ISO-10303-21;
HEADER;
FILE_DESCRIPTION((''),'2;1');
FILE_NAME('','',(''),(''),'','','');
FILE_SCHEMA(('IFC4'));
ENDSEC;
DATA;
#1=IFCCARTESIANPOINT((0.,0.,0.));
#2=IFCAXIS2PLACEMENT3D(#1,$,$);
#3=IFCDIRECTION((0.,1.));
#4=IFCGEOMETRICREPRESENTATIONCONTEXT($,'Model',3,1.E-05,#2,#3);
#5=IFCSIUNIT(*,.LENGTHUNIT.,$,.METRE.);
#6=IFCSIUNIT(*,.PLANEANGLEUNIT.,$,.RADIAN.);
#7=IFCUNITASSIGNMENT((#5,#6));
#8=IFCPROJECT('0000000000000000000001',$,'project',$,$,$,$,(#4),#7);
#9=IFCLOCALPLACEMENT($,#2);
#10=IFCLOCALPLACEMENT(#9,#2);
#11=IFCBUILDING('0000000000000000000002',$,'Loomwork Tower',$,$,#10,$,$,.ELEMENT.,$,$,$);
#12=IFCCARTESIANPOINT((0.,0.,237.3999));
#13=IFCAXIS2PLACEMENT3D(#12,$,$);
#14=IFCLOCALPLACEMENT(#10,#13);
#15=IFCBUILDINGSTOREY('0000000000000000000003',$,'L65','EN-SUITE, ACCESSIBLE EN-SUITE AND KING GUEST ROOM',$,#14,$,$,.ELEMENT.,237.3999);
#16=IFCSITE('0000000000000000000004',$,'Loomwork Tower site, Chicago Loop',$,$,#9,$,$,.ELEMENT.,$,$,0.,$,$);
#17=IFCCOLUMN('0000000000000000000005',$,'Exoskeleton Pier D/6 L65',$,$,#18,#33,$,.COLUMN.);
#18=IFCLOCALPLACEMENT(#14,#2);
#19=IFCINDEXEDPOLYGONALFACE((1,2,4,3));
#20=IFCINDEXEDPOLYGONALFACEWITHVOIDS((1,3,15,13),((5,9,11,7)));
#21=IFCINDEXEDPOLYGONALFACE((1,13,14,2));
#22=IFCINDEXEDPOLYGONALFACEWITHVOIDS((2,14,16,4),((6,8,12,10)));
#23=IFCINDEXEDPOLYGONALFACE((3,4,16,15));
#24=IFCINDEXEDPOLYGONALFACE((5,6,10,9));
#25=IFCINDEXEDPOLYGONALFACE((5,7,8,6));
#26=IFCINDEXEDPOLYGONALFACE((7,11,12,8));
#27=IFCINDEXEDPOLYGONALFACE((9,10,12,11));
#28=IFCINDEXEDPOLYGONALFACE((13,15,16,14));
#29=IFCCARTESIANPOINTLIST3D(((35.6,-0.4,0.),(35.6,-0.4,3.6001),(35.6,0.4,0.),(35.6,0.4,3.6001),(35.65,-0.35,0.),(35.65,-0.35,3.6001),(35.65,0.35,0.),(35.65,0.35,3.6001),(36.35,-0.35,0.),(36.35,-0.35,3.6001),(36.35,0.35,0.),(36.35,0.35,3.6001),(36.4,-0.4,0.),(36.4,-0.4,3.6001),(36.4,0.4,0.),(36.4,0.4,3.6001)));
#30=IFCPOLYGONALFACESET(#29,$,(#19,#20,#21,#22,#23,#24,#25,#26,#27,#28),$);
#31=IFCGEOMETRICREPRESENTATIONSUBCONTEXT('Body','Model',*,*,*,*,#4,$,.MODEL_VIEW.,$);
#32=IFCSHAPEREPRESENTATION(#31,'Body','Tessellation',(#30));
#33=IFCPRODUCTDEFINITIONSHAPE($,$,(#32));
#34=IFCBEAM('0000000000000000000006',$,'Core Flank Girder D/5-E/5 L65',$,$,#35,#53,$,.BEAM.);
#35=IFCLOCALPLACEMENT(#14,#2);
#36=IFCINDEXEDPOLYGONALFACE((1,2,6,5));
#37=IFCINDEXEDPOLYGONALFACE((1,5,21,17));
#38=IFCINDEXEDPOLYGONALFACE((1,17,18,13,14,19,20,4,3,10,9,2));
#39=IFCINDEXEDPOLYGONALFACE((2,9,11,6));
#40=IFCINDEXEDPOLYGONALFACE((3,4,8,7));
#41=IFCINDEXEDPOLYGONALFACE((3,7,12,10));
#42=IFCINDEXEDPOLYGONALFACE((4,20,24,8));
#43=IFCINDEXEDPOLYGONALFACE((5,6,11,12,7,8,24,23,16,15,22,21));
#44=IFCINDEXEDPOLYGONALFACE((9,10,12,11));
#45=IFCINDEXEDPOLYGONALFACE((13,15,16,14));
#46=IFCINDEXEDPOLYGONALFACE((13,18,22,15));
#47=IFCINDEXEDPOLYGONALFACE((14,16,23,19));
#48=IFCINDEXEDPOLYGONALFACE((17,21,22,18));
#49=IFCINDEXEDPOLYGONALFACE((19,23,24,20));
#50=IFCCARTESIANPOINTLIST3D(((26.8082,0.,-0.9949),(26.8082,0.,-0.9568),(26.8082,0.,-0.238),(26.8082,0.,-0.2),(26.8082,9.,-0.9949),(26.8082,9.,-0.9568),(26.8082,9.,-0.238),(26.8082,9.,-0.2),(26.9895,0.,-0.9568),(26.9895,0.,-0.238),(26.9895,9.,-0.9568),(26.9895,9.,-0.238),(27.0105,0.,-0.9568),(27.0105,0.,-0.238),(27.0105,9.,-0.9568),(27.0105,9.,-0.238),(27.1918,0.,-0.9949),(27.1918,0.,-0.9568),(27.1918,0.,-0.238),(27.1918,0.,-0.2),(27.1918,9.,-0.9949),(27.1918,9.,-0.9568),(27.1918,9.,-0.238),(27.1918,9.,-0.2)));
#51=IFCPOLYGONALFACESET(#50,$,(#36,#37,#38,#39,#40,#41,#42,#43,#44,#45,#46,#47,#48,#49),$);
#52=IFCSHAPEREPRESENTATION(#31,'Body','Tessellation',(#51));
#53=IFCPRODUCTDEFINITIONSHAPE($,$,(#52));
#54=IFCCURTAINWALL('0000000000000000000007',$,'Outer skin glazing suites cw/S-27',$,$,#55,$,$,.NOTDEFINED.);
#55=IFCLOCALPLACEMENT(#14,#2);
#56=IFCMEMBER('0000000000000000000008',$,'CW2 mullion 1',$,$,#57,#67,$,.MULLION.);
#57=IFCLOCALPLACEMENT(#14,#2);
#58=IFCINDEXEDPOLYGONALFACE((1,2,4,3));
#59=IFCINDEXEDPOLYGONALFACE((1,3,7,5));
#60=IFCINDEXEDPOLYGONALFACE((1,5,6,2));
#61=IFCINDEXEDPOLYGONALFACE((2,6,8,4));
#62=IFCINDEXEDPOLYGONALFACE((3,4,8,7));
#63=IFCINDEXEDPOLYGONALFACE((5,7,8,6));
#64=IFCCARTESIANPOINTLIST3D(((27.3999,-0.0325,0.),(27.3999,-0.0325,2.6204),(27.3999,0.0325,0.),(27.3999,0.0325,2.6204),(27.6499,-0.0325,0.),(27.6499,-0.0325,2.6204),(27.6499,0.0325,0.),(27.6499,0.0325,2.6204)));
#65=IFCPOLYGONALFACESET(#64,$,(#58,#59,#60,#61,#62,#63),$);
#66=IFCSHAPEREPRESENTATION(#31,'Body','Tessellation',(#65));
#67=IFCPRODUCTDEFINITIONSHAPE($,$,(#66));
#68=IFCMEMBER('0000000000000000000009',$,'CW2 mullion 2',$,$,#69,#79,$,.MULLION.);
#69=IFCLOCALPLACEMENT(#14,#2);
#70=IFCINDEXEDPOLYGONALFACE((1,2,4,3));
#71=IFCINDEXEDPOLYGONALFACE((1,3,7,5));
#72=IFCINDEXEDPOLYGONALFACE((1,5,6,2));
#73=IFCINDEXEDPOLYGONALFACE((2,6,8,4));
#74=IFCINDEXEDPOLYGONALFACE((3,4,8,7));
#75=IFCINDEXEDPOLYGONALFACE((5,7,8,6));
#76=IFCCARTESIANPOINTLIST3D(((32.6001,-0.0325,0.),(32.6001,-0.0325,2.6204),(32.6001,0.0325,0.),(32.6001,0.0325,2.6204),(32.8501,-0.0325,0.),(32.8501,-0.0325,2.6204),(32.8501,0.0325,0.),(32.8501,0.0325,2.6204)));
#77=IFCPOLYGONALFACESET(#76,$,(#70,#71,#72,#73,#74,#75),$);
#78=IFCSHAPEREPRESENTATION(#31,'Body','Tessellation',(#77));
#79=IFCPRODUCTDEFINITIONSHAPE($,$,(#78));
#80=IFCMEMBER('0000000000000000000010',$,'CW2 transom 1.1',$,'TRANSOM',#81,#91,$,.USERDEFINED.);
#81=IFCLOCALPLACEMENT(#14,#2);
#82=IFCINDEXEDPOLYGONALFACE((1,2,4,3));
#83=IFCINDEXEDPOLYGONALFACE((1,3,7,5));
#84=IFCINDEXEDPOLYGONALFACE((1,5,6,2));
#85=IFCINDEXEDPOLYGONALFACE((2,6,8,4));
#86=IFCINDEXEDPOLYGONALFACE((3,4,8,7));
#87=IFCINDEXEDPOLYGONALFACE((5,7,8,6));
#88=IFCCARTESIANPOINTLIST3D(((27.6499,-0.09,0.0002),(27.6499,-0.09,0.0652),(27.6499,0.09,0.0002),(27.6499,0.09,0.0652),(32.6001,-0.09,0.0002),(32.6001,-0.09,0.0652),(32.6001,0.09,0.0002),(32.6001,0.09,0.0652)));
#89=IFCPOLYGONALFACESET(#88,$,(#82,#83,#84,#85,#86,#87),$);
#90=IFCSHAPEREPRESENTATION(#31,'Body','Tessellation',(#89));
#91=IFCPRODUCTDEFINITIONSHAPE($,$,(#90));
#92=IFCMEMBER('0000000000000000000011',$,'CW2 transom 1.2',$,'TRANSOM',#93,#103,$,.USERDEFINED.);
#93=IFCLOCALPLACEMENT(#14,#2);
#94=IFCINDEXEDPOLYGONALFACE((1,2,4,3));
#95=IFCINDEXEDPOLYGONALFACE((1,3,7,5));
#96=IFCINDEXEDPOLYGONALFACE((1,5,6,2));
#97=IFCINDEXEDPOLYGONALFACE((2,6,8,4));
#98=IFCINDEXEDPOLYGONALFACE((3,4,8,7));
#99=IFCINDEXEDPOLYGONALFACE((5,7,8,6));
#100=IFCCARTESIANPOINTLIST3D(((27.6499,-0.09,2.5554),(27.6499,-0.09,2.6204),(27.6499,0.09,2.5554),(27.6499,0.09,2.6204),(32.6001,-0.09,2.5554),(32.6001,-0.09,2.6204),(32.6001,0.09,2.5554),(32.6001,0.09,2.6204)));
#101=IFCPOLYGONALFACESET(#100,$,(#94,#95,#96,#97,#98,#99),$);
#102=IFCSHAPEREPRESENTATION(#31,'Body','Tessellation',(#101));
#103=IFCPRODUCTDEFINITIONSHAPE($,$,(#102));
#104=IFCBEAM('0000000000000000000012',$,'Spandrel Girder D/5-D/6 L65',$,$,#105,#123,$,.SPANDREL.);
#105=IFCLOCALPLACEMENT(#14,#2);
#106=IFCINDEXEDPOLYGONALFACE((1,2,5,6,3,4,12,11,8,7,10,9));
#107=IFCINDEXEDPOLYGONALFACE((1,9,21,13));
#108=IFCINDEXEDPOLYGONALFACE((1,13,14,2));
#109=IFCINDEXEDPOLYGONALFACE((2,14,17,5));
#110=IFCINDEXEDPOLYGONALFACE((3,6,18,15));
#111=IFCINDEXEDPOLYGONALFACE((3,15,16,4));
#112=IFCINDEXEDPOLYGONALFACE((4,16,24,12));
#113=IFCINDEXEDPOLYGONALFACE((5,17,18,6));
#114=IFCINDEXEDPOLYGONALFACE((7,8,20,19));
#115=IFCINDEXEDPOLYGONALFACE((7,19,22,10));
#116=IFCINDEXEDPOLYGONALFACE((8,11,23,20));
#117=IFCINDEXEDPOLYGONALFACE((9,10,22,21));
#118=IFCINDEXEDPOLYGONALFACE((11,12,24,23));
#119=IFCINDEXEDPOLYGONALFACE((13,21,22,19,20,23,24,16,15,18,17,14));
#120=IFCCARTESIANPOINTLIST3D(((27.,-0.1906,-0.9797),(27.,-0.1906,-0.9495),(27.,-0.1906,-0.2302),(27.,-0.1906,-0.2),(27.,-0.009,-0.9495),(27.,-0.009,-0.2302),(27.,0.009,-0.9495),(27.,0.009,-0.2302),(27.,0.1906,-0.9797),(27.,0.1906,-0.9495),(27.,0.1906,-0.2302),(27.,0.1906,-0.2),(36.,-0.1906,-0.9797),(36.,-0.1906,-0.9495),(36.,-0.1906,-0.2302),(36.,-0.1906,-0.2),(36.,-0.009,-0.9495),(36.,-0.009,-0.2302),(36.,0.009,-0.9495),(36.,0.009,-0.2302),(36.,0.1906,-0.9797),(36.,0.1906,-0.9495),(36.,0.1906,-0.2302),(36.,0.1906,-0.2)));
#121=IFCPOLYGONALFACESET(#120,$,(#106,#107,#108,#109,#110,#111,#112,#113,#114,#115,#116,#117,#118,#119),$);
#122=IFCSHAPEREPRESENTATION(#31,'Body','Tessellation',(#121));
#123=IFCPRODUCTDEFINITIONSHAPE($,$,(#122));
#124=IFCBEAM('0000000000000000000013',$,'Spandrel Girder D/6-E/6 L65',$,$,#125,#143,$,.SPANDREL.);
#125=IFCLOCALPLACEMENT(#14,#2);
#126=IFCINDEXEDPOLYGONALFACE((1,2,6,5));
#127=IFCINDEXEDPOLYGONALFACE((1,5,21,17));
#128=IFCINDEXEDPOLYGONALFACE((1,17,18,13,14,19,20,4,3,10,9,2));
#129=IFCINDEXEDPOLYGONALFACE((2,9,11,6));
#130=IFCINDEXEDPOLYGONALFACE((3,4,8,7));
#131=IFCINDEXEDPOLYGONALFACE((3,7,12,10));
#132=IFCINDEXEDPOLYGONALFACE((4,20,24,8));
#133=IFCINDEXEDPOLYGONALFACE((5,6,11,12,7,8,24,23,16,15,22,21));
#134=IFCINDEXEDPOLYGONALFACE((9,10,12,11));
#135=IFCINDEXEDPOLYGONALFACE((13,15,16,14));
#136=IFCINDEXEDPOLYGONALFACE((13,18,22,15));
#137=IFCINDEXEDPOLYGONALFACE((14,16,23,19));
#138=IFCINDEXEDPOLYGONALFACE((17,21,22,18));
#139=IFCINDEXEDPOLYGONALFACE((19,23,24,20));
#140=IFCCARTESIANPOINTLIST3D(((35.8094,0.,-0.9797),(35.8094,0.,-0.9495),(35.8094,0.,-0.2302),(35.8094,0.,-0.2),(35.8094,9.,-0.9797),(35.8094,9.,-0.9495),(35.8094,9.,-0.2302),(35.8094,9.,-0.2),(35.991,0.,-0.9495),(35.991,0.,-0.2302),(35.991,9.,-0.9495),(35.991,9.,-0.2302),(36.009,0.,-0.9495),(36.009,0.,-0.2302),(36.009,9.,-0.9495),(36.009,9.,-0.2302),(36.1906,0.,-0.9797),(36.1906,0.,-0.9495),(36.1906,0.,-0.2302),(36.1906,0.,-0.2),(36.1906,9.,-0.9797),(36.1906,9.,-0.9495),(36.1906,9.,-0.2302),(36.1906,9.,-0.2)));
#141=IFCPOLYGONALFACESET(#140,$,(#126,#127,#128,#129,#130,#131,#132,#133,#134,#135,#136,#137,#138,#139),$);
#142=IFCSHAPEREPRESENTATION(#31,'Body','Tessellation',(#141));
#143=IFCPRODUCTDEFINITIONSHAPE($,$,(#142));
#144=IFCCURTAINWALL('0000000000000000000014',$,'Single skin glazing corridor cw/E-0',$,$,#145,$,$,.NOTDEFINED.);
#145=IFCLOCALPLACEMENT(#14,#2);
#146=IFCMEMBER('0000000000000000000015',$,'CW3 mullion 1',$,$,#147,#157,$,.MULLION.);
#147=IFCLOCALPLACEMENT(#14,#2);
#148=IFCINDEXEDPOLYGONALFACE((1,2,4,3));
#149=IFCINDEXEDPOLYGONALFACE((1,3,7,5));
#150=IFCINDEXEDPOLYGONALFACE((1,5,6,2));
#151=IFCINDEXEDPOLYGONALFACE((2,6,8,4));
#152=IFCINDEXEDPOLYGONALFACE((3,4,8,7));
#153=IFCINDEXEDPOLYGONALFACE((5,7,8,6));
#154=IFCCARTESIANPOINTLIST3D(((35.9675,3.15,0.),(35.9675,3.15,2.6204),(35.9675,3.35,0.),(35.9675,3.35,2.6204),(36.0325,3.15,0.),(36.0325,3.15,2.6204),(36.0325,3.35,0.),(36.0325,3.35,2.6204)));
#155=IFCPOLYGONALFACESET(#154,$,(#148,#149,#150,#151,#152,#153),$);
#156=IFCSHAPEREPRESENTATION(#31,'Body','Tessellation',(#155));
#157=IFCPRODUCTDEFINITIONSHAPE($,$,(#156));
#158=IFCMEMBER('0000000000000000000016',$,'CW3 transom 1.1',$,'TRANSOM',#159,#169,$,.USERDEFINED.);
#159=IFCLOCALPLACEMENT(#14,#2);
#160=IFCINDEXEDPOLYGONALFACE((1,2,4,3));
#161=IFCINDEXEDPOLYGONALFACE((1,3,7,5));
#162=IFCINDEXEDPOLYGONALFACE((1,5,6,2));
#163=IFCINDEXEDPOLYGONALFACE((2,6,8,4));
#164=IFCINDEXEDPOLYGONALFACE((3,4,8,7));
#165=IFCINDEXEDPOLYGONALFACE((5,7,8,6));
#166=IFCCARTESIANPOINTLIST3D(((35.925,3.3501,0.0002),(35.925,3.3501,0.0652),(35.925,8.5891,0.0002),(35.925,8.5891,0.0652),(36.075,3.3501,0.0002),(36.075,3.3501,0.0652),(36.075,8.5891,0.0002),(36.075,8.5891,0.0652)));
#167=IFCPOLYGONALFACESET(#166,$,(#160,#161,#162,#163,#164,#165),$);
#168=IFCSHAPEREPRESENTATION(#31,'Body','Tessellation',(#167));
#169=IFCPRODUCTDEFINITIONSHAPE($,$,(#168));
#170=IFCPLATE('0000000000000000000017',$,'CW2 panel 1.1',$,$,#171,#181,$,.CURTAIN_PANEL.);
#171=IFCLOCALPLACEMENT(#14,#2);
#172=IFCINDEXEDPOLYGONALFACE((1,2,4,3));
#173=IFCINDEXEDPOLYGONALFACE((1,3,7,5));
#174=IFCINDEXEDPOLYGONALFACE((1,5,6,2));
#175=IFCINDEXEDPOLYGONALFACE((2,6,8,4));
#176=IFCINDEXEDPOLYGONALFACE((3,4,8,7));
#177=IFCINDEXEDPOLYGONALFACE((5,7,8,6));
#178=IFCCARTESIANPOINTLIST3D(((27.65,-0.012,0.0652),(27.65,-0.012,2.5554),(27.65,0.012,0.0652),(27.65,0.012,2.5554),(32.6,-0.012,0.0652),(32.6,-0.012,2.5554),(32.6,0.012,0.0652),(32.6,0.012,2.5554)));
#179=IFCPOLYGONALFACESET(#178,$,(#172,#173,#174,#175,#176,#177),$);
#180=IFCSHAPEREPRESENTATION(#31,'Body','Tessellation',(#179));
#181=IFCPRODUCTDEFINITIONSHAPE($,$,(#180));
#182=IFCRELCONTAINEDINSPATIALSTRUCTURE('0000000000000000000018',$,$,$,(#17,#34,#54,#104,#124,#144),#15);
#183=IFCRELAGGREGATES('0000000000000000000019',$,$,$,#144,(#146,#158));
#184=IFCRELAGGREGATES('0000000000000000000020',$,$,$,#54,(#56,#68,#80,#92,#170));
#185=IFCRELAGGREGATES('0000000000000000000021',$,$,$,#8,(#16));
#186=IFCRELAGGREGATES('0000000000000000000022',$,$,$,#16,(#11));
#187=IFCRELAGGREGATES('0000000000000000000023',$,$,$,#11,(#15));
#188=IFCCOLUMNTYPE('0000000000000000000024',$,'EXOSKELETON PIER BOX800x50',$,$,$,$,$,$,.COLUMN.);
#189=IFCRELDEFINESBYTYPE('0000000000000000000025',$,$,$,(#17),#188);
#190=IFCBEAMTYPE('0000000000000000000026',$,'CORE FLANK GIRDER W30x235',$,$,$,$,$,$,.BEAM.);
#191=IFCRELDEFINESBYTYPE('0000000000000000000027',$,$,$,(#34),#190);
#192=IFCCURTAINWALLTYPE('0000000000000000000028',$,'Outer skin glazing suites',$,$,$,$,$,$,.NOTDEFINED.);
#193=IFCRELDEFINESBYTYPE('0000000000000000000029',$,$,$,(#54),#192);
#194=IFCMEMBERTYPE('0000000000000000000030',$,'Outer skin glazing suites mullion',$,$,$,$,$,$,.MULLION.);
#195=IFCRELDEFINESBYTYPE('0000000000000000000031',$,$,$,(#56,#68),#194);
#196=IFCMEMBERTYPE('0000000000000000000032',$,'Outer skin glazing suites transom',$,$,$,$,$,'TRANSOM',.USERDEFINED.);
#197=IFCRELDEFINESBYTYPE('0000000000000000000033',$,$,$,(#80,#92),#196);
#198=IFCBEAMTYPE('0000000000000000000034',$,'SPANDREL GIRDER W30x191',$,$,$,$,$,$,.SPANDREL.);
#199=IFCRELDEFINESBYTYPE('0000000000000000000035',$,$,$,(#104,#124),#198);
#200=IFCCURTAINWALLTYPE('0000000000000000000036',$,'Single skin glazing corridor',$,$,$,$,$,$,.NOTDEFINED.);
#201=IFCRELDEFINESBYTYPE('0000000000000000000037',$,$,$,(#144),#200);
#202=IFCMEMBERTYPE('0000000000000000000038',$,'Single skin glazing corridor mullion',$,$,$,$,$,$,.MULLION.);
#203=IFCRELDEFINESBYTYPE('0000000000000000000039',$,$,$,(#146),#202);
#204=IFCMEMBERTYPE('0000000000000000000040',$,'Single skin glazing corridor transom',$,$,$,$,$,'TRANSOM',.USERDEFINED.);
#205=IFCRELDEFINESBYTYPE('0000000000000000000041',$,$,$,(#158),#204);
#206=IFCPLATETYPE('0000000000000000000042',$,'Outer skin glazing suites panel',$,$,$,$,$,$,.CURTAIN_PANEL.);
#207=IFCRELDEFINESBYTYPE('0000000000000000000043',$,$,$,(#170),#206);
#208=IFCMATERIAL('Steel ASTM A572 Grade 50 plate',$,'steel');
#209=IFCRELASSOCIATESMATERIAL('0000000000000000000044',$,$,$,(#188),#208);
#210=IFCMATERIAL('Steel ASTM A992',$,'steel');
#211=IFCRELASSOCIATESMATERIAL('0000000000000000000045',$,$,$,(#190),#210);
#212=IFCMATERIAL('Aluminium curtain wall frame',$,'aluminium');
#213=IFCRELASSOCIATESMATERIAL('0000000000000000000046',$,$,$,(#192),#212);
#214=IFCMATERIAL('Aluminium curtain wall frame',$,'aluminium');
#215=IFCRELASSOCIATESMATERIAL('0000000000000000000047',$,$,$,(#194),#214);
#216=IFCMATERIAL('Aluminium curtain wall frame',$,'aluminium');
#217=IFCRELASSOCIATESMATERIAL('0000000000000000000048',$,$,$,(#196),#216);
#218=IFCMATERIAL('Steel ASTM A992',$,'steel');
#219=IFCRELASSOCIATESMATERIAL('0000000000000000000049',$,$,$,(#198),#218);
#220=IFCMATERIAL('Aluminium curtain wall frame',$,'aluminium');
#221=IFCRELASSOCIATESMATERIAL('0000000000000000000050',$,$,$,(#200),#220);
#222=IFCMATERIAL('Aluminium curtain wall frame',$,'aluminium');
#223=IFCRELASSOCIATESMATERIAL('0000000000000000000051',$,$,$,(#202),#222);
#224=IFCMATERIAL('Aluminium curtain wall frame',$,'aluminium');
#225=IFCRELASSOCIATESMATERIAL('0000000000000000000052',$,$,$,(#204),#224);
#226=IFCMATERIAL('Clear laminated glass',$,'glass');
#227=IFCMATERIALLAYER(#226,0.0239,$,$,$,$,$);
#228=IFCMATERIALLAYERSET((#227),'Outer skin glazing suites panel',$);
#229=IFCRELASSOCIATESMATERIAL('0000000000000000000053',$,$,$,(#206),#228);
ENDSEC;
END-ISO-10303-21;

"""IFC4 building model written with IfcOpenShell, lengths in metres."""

from ifc_helpers import new_model, si_unit, direction, frame, origin, origin_2d, place, context, subcontext, project, spatial, rectangle, hollow_rectangle, i_section, extrude, material, layer, layer_set, material_profile, profile_set, type_object, element, aggregate, save


model = new_model("IFC4")

# Units and contexts
model_context = context("Model", 3, precision=1e-05, world=origin(), true_north=direction((0.0, 1.0)))
body_context = subcontext(model_context, "Body", "Model", "MODEL_VIEW")
ifc_project = project(units=[si_unit("LENGTHUNIT", "METRE"), si_unit("PLANEANGLEUNIT", "RADIAN")], contexts=[model_context])

# Site, building, storey
site_placement = place(None, origin())
site = spatial("IfcSite", under=ifc_project, at=site_placement, Name="Loomwork Tower site, Chicago Loop", CompositionType="ELEMENT", RefElevation=0.0)
building_placement = place(site_placement, origin())
building = spatial("IfcBuilding", under=site, at=building_placement, Name="Loomwork Tower", CompositionType="ELEMENT")
storey_placement = place(building_placement, frame((0.0, 0.0, 237.3999)))
storey = spatial("IfcBuildingStorey", under=building, at=storey_placement, Name="L65", Description="EN-SUITE, ACCESSIBLE EN-SUITE AND KING GUEST ROOM", CompositionType="ELEMENT", Elevation=237.3999)

# Column
ifc_material_1 = material(Name="Steel ASTM A572 Grade 50 plate", Category="steel")
ifc_material_profile_1 = material_profile(ifc_material_1, hollow_rectangle(XDim=0.8, YDim=0.8, WallThickness=0.05, at=origin_2d()), Name="BOX800x50")
ifc_profile_set_1 = profile_set([ifc_material_profile_1], Name="Steel ASTM A572 Grade 50 plate")
column_type = type_object("IfcColumnType", Name="EXOSKELETON PIER BOX800x50", PredefinedType="COLUMN", material=ifc_profile_set_1)
column_placement = place(storey_placement, frame((36.0, 0.0, 0.0), z_axis=(0.0, 0.0, 1.0), x_axis=(1.0, 0.0, 0.0)))
element("IfcColumn", 1, at=column_placement, inside=storey, type_object=column_type, Name="Exoskeleton Pier D/6 L65", PredefinedType="COLUMN", context=body_context, shape_type="SweptSolid", body=[
    extrude(hollow_rectangle(XDim=0.8, YDim=0.8, WallThickness=0.05, at=origin_2d()), origin(), (0.0, 0.0, 1.0), 3.6001),
])

# Beam
ifc_material_2 = material(Name="Steel ASTM A992", Category="steel")
ifc_material_profile_2 = material_profile(ifc_material_2, i_section(OverallWidth=0.3835, OverallDepth=0.7949, WebThickness=0.021, FlangeThickness=0.0381, at=origin_2d()), Name="W30x235")
ifc_profile_set_2 = profile_set([ifc_material_profile_2], Name="Steel ASTM A992")
beam_type_1 = type_object("IfcBeamType", Name="CORE FLANK GIRDER W30x235", PredefinedType="BEAM", material=ifc_profile_set_2)
beam_placement = place(storey_placement, frame((27.0, 0.0, -0.5974), z_axis=(0.0, 1.0, 0.0), x_axis=(-1.0, 0.0, 0.0)))
element("IfcBeam", 2, at=beam_placement, inside=storey, type_object=beam_type_1, Name="Core Flank Girder D/5-E/5 L65", PredefinedType="BEAM", context=body_context, shape_type="SweptSolid", body=[
    extrude(i_section(OverallWidth=0.3835, OverallDepth=0.7949, WebThickness=0.021, FlangeThickness=0.0381, at=origin_2d()), origin(), (0.0, 0.0, 1.0), 9.0),
])

# Curtain wall, members
ifc_material_3 = material(Name="Aluminium curtain wall frame", Category="aluminium")
curtain_wall_type_1 = type_object("IfcCurtainWallType", Name="Outer skin glazing suites", PredefinedType="NOTDEFINED", material=ifc_material_3)
curtain_wall_1_placement = place(storey_placement, origin())
curtain_wall_1 = element("IfcCurtainWall", 3, at=curtain_wall_1_placement, inside=storey, type_object=curtain_wall_type_1, Name="Outer skin glazing suites cw/S-27", PredefinedType="NOTDEFINED")
ifc_material_4 = material(Name="Aluminium curtain wall frame", Category="aluminium")
ifc_material_profile_3 = material_profile(ifc_material_4, rectangle(XDim=0.0649, YDim=0.25, at=origin_2d()), Name="AL 65x250")
ifc_profile_set_3 = profile_set([ifc_material_profile_3], Name="Aluminium curtain wall frame")
member_type_1 = type_object("IfcMemberType", Name="Outer skin glazing suites mullion", PredefinedType="MULLION", material=ifc_profile_set_3)
member_1_placement = place(storey_placement, frame((27.5249, 0.0, 0.0), z_axis=(0.0, 0.0, 1.0), x_axis=(0.0, 1.0, 0.0)))
member_1 = element("IfcMember", 4, at=member_1_placement, type_object=member_type_1, Name="CW2 mullion 1", PredefinedType="MULLION", context=body_context, shape_type="SweptSolid", body=[
    extrude(rectangle(XDim=0.0649, YDim=0.25, at=origin_2d()), origin(), (0.0, 0.0, 1.0), 2.6204),
])
member_2_placement = place(storey_placement, frame((32.7251, 0.0, 0.0), z_axis=(0.0, 0.0, 1.0), x_axis=(0.0, 1.0, 0.0)))
member_2 = element("IfcMember", 5, at=member_2_placement, type_object=member_type_1, Name="CW2 mullion 2", PredefinedType="MULLION", context=body_context, shape_type="SweptSolid", body=[
    extrude(rectangle(XDim=0.0649, YDim=0.25, at=origin_2d()), origin(), (0.0, 0.0, 1.0), 2.6204),
])
ifc_material_5 = material(Name="Aluminium curtain wall frame", Category="aluminium")
ifc_material_profile_4 = material_profile(ifc_material_5, rectangle(XDim=0.1799, YDim=0.0649, at=origin_2d()), Name="AL 65x180")
ifc_profile_set_4 = profile_set([ifc_material_profile_4], Name="Aluminium curtain wall frame")
member_type_2 = type_object("IfcMemberType", Name="Outer skin glazing suites transom", ElementType="TRANSOM", PredefinedType="USERDEFINED", material=ifc_profile_set_4)
member_3_placement = place(storey_placement, frame((27.6499, 0.0, 0.0327), z_axis=(1.0, 0.0, 0.0), x_axis=(0.0, 1.0, 0.0)))
member_3 = element("IfcMember", 6, at=member_3_placement, type_object=member_type_2, Name="CW2 transom 1.1", ObjectType="TRANSOM", PredefinedType="USERDEFINED", context=body_context, shape_type="SweptSolid", body=[
    extrude(rectangle(XDim=0.1799, YDim=0.0649, at=origin_2d()), origin(), (0.0, 0.0, 1.0), 4.9502),
])
member_4_placement = place(storey_placement, frame((27.6499, 0.0, 2.5879), z_axis=(1.0, 0.0, 0.0), x_axis=(0.0, 1.0, 0.0)))
member_4 = element("IfcMember", 7, at=member_4_placement, type_object=member_type_2, Name="CW2 transom 1.2", ObjectType="TRANSOM", PredefinedType="USERDEFINED", context=body_context, shape_type="SweptSolid", body=[
    extrude(rectangle(XDim=0.1799, YDim=0.0649, at=origin_2d()), origin(), (0.0, 0.0, 1.0), 4.9502),
])

# Beams
ifc_material_6 = material(Name="Steel ASTM A992", Category="steel")
ifc_material_profile_5 = material_profile(ifc_material_6, i_section(OverallWidth=0.3811, OverallDepth=0.7798, WebThickness=0.0181, FlangeThickness=0.0303, at=origin_2d()), Name="W30x191")
ifc_profile_set_5 = profile_set([ifc_material_profile_5], Name="Steel ASTM A992")
beam_type_2 = type_object("IfcBeamType", Name="SPANDREL GIRDER W30x191", PredefinedType="SPANDREL", material=ifc_profile_set_5)
for number, where, z_axis, x_axis, name in (
    (8, (27.0, 0.0, -0.5898), (1.0, 0.0, 0.0), (0.0, 1.0, 0.0), "Spandrel Girder D/5-D/6 L65"),
    (9, (36.0, 0.0, -0.5898), (0.0, 1.0, 0.0), (-1.0, 0.0, 0.0), "Spandrel Girder D/6-E/6 L65"),
):
    element("IfcBeam", number, at=place(storey_placement, frame(where, z_axis=z_axis, x_axis=x_axis)), inside=storey, type_object=beam_type_2, Name=name, PredefinedType="SPANDREL", context=body_context, shape_type="SweptSolid", body=[
        extrude(i_section(OverallWidth=0.3811, OverallDepth=0.7798, WebThickness=0.0181, FlangeThickness=0.0303, at=origin_2d()), origin(), (0.0, 0.0, 1.0), 9.0),
    ])

# Curtain wall, members
ifc_material_7 = material(Name="Aluminium curtain wall frame", Category="aluminium")
curtain_wall_type_2 = type_object("IfcCurtainWallType", Name="Single skin glazing corridor", PredefinedType="NOTDEFINED", material=ifc_material_7)
curtain_wall_2_placement = place(storey_placement, origin())
curtain_wall_2 = element("IfcCurtainWall", 10, at=curtain_wall_2_placement, inside=storey, type_object=curtain_wall_type_2, Name="Single skin glazing corridor cw/E-0", PredefinedType="NOTDEFINED")
ifc_material_8 = material(Name="Aluminium curtain wall frame", Category="aluminium")
ifc_material_profile_6 = material_profile(ifc_material_8, rectangle(XDim=0.0649, YDim=0.2, at=origin_2d()), Name="AL 65x200")
ifc_profile_set_6 = profile_set([ifc_material_profile_6], Name="Aluminium curtain wall frame")
member_type_3 = type_object("IfcMemberType", Name="Single skin glazing corridor mullion", PredefinedType="MULLION", material=ifc_profile_set_6)
member_5_placement = place(storey_placement, frame((36.0, 3.25, 0.0), z_axis=(0.0, 0.0, 1.0), x_axis=(-1.0, 0.0, 0.0)))
member_5 = element("IfcMember", 11, at=member_5_placement, type_object=member_type_3, Name="CW3 mullion 1", PredefinedType="MULLION", context=body_context, shape_type="SweptSolid", body=[
    extrude(rectangle(XDim=0.0649, YDim=0.2, at=origin_2d()), origin(), (0.0, 0.0, 1.0), 2.6204),
])
ifc_material_9 = material(Name="Aluminium curtain wall frame", Category="aluminium")
ifc_material_profile_7 = material_profile(ifc_material_9, rectangle(XDim=0.1499, YDim=0.0649, at=origin_2d()), Name="AL 65x150")
ifc_profile_set_7 = profile_set([ifc_material_profile_7], Name="Aluminium curtain wall frame")
member_type_4 = type_object("IfcMemberType", Name="Single skin glazing corridor transom", ElementType="TRANSOM", PredefinedType="USERDEFINED", material=ifc_profile_set_7)
member_6_placement = place(storey_placement, frame((36.0, 3.3501, 0.0327), z_axis=(0.0, 1.0, 0.0), x_axis=(-1.0, 0.0, 0.0)))
member_6 = element("IfcMember", 12, at=member_6_placement, type_object=member_type_4, Name="CW3 transom 1.1", ObjectType="TRANSOM", PredefinedType="USERDEFINED", context=body_context, shape_type="SweptSolid", body=[
    extrude(rectangle(XDim=0.1499, YDim=0.0649, at=origin_2d()), origin(), (0.0, 0.0, 1.0), 5.239),
])
aggregate(curtain_wall_2, [member_5, member_6])

# Plate
ifc_material_10 = material(Name="Clear laminated glass", Category="glass")
ifc_layer_1 = layer(ifc_material_10, 0.0239)
ifc_layer_set_1 = layer_set([ifc_layer_1], Name="Outer skin glazing suites panel")
plate_type = type_object("IfcPlateType", Name="Outer skin glazing suites panel", PredefinedType="CURTAIN_PANEL", material=ifc_layer_set_1)
plate_placement = place(storey_placement, frame((30.125, 0.0, 0.0652), z_axis=(0.0, 0.0, 1.0), x_axis=(1.0, 0.0, 0.0)))
plate = element("IfcPlate", 13, at=plate_placement, type_object=plate_type, Name="CW2 panel 1.1", PredefinedType="CURTAIN_PANEL", context=body_context, shape_type="SweptSolid", body=[
    extrude(rectangle(XDim=4.95, YDim=0.0239, at=origin_2d()), origin(), (0.0, 0.0, 1.0), 2.4902),
])
aggregate(curtain_wall_1, [member_1, member_2, member_3, member_4, plate])

save(model, "model.ifc")
